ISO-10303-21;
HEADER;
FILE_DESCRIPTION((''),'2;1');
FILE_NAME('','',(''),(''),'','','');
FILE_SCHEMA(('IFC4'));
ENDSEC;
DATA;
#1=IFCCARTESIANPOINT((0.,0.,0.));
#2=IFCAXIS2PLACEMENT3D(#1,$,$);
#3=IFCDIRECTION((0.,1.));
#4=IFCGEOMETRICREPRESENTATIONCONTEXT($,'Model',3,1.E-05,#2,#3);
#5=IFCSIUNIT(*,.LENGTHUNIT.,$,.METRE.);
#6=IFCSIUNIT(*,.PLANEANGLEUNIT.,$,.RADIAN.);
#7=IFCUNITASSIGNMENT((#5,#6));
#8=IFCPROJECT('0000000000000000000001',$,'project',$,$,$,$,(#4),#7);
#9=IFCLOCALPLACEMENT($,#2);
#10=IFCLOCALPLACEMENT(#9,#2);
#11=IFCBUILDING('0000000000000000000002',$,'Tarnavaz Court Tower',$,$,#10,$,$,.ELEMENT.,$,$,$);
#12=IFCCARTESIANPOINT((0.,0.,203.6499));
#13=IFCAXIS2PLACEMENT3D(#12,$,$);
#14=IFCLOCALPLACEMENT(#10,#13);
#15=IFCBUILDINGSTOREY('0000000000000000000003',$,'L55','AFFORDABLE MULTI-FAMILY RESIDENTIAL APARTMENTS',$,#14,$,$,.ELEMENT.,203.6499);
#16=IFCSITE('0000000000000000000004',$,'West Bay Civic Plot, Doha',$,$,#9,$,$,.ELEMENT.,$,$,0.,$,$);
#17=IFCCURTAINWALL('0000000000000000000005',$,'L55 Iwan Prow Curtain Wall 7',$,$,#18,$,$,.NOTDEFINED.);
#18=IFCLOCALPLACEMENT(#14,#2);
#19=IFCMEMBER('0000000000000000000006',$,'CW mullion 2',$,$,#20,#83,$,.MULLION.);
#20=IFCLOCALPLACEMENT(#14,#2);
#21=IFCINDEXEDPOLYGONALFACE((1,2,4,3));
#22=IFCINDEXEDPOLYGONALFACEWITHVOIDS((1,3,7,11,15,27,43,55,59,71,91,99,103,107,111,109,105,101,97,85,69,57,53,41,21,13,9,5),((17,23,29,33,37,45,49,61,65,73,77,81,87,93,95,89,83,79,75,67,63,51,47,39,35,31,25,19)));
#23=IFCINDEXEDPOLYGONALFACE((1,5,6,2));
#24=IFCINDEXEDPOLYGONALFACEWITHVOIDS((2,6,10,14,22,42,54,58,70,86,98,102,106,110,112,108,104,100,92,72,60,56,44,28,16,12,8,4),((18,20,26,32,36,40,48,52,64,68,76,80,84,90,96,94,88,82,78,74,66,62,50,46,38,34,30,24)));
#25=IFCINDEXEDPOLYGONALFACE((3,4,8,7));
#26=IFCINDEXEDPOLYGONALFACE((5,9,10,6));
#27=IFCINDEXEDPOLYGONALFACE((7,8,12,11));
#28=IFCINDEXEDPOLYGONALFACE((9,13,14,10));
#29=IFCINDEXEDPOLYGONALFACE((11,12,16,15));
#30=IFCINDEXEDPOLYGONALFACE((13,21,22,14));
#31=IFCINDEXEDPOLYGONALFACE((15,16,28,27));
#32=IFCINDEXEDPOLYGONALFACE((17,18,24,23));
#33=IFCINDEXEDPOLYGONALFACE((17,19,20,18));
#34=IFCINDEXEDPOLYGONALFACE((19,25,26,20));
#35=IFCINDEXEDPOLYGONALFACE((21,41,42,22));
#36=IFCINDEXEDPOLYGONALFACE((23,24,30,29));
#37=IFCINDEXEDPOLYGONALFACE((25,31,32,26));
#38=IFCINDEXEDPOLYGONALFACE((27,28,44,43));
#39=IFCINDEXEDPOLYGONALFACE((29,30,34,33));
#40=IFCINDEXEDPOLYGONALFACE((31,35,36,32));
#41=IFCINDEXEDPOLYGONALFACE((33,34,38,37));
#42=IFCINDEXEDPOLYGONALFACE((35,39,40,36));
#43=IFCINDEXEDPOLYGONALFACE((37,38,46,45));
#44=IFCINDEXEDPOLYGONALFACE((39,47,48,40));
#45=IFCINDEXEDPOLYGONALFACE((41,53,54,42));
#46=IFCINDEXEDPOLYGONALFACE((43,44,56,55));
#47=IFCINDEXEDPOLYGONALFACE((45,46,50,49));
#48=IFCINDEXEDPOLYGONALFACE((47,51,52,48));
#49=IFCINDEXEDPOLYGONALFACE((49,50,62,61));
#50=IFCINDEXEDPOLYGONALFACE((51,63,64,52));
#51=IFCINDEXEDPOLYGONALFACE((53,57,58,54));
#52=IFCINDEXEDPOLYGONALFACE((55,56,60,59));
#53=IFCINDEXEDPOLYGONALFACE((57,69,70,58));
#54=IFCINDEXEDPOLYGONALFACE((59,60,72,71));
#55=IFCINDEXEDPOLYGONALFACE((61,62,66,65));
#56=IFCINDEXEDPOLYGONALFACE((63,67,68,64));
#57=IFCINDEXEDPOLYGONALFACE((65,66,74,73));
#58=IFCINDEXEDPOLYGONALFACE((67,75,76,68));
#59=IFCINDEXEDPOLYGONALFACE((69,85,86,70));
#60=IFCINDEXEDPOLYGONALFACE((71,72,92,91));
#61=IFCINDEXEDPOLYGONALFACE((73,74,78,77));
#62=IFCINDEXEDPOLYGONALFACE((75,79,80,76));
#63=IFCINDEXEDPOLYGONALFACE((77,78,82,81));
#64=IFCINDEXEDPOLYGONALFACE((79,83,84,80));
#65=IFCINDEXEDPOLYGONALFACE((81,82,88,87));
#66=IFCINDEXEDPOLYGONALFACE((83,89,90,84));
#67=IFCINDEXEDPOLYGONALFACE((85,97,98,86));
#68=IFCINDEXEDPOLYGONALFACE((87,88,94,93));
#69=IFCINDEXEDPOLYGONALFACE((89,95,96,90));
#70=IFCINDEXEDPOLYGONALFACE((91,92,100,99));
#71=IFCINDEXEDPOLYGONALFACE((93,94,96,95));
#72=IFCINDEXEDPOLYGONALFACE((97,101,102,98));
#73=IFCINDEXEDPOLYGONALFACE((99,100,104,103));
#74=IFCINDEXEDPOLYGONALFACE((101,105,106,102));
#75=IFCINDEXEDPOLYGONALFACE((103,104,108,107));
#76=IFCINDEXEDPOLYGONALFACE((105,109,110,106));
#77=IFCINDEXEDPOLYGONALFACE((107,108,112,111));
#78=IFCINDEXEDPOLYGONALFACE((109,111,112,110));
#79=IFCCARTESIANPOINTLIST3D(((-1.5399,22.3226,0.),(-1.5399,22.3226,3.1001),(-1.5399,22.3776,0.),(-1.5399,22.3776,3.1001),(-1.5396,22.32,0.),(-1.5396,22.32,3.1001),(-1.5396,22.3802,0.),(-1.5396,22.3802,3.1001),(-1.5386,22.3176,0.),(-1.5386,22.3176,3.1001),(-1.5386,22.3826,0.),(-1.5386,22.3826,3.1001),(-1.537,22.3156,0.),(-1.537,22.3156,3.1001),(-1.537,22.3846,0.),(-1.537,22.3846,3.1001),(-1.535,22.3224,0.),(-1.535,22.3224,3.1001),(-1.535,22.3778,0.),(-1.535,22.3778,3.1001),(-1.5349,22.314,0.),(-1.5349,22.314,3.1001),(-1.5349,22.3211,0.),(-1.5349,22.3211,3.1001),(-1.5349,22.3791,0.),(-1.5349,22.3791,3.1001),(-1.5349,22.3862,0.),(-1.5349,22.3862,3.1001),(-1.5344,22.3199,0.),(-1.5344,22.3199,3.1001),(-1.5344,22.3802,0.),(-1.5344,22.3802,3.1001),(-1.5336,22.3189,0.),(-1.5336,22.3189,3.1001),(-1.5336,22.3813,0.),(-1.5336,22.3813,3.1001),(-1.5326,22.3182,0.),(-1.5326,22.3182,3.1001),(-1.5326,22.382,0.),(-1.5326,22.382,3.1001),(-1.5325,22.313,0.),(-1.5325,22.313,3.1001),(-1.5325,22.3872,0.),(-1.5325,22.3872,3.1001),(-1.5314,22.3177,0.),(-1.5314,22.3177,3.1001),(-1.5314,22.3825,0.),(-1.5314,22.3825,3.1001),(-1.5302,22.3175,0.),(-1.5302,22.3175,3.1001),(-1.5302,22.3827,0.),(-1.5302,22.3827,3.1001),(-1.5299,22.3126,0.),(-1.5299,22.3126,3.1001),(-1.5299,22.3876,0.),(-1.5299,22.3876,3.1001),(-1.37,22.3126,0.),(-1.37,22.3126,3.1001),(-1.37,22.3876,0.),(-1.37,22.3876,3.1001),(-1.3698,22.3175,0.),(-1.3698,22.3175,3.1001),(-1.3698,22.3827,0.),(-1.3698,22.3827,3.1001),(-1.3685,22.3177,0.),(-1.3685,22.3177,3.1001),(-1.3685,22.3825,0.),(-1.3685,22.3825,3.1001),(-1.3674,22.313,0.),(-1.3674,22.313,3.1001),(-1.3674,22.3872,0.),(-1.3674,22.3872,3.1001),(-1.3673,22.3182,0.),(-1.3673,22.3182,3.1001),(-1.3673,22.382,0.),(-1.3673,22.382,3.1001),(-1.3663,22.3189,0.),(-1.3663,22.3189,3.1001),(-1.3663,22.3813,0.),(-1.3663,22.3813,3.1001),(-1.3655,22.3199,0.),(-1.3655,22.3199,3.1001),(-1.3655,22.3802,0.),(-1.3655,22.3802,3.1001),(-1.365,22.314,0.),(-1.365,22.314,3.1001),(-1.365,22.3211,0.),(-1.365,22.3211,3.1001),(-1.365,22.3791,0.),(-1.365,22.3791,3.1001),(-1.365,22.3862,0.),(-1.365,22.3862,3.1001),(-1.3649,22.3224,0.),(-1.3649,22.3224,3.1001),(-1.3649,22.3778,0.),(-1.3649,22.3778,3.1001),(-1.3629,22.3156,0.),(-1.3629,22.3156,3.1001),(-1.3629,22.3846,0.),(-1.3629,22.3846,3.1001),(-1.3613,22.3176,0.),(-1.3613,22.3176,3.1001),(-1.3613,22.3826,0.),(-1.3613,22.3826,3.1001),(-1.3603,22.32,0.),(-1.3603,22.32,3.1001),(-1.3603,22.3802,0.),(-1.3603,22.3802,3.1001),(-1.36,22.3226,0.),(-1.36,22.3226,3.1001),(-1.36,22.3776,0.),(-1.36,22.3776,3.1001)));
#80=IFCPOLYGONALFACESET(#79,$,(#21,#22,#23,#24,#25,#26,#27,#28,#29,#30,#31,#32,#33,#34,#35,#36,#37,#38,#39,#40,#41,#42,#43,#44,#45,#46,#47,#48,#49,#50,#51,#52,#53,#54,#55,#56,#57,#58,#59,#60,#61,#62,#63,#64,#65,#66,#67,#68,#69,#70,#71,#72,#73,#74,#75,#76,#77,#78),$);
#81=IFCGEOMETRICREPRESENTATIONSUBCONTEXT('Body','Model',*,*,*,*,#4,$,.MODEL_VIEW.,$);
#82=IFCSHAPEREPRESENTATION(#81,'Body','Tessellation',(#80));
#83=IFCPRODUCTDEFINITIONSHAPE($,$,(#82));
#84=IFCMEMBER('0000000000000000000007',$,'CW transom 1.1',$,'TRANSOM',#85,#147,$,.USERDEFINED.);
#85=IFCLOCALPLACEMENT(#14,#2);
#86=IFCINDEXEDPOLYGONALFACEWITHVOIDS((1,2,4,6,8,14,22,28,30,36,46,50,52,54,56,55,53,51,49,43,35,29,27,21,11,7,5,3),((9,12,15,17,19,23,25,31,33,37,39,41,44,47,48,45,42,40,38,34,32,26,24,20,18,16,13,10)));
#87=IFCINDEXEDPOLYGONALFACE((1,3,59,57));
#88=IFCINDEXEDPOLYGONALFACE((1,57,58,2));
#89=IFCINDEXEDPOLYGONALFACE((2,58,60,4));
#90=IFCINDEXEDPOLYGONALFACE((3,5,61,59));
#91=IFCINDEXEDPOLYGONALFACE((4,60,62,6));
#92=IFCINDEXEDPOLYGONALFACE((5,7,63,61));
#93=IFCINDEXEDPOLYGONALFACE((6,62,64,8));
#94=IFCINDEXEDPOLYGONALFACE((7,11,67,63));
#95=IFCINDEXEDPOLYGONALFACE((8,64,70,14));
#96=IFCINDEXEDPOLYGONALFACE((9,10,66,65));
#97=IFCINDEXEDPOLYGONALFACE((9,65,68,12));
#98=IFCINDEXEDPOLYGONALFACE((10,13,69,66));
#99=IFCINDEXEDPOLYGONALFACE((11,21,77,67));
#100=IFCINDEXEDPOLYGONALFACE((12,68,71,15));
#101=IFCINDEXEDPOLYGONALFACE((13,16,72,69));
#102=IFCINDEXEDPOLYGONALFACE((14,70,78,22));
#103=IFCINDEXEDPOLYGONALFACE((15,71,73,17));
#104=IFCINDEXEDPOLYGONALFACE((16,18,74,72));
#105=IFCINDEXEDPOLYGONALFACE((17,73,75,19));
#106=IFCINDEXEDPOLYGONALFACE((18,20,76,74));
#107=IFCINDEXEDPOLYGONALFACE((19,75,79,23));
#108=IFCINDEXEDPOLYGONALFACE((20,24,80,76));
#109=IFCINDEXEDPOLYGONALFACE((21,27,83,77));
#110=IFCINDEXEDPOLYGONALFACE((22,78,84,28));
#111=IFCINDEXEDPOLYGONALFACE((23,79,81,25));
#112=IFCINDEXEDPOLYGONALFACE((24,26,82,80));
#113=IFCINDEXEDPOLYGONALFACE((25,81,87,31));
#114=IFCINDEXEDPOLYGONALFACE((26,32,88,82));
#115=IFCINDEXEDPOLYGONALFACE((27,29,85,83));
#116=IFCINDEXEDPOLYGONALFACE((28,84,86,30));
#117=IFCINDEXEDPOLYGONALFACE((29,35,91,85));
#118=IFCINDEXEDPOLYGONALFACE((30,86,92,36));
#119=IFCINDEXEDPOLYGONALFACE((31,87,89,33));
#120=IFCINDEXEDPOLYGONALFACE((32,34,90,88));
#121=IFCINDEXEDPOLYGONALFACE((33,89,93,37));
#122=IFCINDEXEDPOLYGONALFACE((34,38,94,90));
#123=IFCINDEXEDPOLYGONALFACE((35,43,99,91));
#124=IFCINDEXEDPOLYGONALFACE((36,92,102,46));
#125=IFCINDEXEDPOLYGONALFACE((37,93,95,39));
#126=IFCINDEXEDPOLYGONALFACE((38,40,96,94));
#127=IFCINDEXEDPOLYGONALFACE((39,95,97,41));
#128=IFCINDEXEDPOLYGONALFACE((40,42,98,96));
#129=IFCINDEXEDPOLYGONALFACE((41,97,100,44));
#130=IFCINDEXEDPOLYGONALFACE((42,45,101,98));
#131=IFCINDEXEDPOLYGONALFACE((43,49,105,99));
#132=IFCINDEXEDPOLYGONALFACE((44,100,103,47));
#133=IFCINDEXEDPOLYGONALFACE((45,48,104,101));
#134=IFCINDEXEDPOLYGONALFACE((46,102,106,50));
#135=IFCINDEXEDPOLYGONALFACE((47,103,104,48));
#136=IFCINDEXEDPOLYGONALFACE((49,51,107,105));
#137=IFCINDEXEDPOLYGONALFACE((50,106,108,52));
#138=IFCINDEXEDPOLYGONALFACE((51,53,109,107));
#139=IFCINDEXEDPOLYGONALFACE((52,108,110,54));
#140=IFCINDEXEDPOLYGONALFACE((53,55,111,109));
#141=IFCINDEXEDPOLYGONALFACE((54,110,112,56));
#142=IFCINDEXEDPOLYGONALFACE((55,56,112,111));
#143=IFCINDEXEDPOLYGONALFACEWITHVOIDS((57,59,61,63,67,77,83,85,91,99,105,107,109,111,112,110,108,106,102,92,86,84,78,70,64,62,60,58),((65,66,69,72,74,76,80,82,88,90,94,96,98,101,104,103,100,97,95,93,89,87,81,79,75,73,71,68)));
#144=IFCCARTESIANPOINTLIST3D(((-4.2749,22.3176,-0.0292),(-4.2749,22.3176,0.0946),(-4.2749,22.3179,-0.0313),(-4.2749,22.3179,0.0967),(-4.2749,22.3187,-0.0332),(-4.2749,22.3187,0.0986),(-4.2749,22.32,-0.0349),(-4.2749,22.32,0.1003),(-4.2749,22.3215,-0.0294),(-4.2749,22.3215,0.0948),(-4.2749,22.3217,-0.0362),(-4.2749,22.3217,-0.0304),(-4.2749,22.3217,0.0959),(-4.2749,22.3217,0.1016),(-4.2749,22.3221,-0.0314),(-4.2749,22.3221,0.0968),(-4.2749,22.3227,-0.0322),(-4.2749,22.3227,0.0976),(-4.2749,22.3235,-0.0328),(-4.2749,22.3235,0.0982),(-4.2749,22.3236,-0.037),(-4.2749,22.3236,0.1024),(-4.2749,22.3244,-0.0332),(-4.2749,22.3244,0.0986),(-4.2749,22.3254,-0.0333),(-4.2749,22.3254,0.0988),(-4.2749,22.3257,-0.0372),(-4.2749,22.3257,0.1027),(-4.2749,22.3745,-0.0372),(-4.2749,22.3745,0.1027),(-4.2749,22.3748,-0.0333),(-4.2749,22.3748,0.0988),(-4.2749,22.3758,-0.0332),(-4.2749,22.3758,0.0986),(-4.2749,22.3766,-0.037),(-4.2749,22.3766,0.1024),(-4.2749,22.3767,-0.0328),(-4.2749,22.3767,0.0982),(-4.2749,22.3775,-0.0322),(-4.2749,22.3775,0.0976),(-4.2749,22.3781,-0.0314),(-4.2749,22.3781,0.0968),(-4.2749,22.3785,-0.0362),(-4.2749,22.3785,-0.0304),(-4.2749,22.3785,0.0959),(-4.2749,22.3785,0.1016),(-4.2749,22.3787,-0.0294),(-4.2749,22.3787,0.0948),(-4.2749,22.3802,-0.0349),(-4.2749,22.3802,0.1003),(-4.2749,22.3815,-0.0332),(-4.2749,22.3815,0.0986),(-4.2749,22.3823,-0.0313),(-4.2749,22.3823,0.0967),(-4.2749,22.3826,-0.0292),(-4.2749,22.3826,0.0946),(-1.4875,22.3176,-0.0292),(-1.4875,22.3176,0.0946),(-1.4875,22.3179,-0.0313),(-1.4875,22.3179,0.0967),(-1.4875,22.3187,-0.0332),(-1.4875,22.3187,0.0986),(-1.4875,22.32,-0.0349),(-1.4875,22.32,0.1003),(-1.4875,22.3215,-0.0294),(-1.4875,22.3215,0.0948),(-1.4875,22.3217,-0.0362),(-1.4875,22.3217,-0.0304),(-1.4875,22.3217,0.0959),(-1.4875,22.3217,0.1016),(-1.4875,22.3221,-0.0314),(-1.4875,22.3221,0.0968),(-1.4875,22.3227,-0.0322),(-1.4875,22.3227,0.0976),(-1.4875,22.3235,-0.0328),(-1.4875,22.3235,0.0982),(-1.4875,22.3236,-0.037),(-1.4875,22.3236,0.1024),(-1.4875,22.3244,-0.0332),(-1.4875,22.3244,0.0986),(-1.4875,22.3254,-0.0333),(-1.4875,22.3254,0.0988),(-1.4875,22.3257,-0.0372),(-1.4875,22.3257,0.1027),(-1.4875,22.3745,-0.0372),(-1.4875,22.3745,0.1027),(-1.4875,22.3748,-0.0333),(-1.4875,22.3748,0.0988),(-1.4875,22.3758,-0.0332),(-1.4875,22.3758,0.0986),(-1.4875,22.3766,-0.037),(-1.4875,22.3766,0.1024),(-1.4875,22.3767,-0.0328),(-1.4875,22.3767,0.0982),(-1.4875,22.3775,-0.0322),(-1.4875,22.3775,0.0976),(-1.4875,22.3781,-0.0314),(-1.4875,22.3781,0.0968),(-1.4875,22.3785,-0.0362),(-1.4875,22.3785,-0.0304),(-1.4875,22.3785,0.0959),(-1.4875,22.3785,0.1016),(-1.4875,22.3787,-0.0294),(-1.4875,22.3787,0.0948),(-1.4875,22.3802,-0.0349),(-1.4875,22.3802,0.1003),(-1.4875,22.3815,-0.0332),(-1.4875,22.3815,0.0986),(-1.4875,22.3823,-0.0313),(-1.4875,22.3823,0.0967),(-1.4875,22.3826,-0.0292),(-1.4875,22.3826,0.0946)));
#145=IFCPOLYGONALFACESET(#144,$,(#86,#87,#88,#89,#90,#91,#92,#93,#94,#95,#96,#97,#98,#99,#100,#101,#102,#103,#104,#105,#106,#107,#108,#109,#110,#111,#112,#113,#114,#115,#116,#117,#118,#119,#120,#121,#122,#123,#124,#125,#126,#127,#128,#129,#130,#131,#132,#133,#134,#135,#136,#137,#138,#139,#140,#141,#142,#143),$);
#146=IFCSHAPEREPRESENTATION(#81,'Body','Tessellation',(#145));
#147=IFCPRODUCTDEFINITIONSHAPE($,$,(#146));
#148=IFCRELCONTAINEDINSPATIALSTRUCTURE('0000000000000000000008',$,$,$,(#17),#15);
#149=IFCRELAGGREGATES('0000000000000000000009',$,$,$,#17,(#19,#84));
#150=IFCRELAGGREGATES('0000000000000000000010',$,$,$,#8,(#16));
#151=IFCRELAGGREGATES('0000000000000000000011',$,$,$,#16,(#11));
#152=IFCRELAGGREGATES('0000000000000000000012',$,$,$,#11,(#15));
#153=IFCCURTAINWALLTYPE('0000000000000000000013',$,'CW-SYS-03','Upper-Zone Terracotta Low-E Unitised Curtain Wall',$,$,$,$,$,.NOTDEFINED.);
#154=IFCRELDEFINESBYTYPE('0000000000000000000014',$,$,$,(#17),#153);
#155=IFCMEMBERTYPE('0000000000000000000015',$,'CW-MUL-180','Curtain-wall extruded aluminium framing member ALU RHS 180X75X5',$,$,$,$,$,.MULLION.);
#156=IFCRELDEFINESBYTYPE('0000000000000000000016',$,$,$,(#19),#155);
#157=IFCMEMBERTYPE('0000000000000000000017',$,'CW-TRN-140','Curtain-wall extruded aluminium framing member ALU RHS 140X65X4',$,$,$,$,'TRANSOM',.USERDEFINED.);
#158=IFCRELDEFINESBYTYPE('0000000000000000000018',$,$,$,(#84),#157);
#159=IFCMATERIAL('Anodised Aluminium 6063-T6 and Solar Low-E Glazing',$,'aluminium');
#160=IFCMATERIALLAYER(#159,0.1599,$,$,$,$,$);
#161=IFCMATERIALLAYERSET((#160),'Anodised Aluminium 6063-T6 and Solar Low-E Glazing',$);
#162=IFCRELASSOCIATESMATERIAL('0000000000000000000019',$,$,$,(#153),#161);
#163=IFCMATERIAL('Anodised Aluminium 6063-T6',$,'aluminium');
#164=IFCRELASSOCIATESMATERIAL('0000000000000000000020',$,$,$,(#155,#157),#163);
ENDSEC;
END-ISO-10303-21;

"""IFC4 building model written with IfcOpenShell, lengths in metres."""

from ifc_helpers import new_model, si_unit, direction, frame, origin, origin_2d, place, context, subcontext, project, spatial, hollow_rectangle, extrude, material, layer, layer_set, material_profile, profile_set, type_object, element, aggregate, save


model = new_model("IFC4")

# Units and contexts
model_context = context("Model", 3, precision=1e-05, world=origin(), true_north=direction((0.0, 1.0)))
body_context = subcontext(model_context, "Body", "Model", "MODEL_VIEW")
ifc_project = project(units=[si_unit("LENGTHUNIT", "METRE"), si_unit("PLANEANGLEUNIT", "RADIAN")], contexts=[model_context])

# Site, building, storey
site_placement = place(None, origin())
site = spatial("IfcSite", under=ifc_project, at=site_placement, Name="West Bay Civic Plot, Doha", CompositionType="ELEMENT", RefElevation=0.0)
building_placement = place(site_placement, origin())
building = spatial("IfcBuilding", under=site, at=building_placement, Name="Tarnavaz Court Tower", CompositionType="ELEMENT")
storey_placement = place(building_placement, frame((0.0, 0.0, 203.6499)))
storey = spatial("IfcBuildingStorey", under=building, at=storey_placement, Name="L55", Description="AFFORDABLE MULTI-FAMILY RESIDENTIAL APARTMENTS", CompositionType="ELEMENT", Elevation=203.6499)

# Curtain wall, members
ifc_material_1 = material(Name="Anodised Aluminium 6063-T6 and Solar Low-E Glazing", Category="aluminium")
ifc_layer_1 = layer(ifc_material_1, 0.1599)
ifc_layer_set_1 = layer_set([ifc_layer_1], Name="Anodised Aluminium 6063-T6 and Solar Low-E Glazing")
curtain_wall_type = type_object("IfcCurtainWallType", Name="CW-SYS-03", Description="Upper-Zone Terracotta Low-E Unitised Curtain Wall", PredefinedType="NOTDEFINED", material=ifc_layer_set_1)
curtain_wall_placement = place(storey_placement, origin())
curtain_wall = element("IfcCurtainWall", 1, at=curtain_wall_placement, inside=storey, type_object=curtain_wall_type, Name="L55 Iwan Prow Curtain Wall 7", PredefinedType="NOTDEFINED")
ifc_material_2 = material(Name="Anodised Aluminium 6063-T6", Category="aluminium")
ifc_material_profile_1 = material_profile(ifc_material_2, hollow_rectangle(XDim=0.075, YDim=0.1799, WallThickness=0.0049, InnerFilletRadius=0.0049, OuterFilletRadius=0.01, at=origin_2d()), Name="ALU RHS 180X75X5")
ifc_profile_set_1 = profile_set([ifc_material_profile_1], Name="Anodised Aluminium 6063-T6")
member_type_1 = type_object("IfcMemberType", Name="CW-MUL-180", Description="Curtain-wall extruded aluminium framing member ALU RHS 180X75X5", PredefinedType="MULLION", material=ifc_profile_set_1)
member_1_placement = place(storey_placement, frame((-1.45, 22.3501, 0.0), z_axis=(0.0, 0.0, 1.0), x_axis=(0.0, 1.0, 0.0)))
member_1 = element("IfcMember", 2, at=member_1_placement, type_object=member_type_1, Name="CW mullion 2", PredefinedType="MULLION", context=body_context, shape_type="SweptSolid", body=[
    extrude(hollow_rectangle(XDim=0.075, YDim=0.1799, WallThickness=0.0049, InnerFilletRadius=0.0049, OuterFilletRadius=0.01, at=origin_2d()), origin(), (0.0, 0.0, 1.0), 3.1001),
])
ifc_material_profile_2 = material_profile(ifc_material_2, hollow_rectangle(XDim=0.0649, YDim=0.1399, WallThickness=0.0039, InnerFilletRadius=0.0039, OuterFilletRadius=0.0081, at=origin_2d()), Name="ALU RHS 140X65X4")
ifc_profile_set_2 = profile_set([ifc_material_profile_2], Name="Anodised Aluminium 6063-T6")
member_type_2 = type_object("IfcMemberType", Name="CW-TRN-140", Description="Curtain-wall extruded aluminium framing member ALU RHS 140X65X4", ElementType="TRANSOM", PredefinedType="USERDEFINED", material=ifc_profile_set_2)
member_2_placement = place(storey_placement, frame((-4.2749, 22.3501, 0.0327), z_axis=(1.0, 0.0, 0.0), x_axis=(0.0, 1.0, 0.0)))
member_2 = element("IfcMember", 3, at=member_2_placement, type_object=member_type_2, Name="CW transom 1.1", ObjectType="TRANSOM", PredefinedType="USERDEFINED", context=body_context, shape_type="SweptSolid", body=[
    extrude(hollow_rectangle(XDim=0.0649, YDim=0.1399, WallThickness=0.0039, InnerFilletRadius=0.0039, OuterFilletRadius=0.0081, at=origin_2d()), origin(), (0.0, 0.0, 1.0), 2.7874),
])
aggregate(curtain_wall, [member_1, member_2])

save(model, "model.ifc")
